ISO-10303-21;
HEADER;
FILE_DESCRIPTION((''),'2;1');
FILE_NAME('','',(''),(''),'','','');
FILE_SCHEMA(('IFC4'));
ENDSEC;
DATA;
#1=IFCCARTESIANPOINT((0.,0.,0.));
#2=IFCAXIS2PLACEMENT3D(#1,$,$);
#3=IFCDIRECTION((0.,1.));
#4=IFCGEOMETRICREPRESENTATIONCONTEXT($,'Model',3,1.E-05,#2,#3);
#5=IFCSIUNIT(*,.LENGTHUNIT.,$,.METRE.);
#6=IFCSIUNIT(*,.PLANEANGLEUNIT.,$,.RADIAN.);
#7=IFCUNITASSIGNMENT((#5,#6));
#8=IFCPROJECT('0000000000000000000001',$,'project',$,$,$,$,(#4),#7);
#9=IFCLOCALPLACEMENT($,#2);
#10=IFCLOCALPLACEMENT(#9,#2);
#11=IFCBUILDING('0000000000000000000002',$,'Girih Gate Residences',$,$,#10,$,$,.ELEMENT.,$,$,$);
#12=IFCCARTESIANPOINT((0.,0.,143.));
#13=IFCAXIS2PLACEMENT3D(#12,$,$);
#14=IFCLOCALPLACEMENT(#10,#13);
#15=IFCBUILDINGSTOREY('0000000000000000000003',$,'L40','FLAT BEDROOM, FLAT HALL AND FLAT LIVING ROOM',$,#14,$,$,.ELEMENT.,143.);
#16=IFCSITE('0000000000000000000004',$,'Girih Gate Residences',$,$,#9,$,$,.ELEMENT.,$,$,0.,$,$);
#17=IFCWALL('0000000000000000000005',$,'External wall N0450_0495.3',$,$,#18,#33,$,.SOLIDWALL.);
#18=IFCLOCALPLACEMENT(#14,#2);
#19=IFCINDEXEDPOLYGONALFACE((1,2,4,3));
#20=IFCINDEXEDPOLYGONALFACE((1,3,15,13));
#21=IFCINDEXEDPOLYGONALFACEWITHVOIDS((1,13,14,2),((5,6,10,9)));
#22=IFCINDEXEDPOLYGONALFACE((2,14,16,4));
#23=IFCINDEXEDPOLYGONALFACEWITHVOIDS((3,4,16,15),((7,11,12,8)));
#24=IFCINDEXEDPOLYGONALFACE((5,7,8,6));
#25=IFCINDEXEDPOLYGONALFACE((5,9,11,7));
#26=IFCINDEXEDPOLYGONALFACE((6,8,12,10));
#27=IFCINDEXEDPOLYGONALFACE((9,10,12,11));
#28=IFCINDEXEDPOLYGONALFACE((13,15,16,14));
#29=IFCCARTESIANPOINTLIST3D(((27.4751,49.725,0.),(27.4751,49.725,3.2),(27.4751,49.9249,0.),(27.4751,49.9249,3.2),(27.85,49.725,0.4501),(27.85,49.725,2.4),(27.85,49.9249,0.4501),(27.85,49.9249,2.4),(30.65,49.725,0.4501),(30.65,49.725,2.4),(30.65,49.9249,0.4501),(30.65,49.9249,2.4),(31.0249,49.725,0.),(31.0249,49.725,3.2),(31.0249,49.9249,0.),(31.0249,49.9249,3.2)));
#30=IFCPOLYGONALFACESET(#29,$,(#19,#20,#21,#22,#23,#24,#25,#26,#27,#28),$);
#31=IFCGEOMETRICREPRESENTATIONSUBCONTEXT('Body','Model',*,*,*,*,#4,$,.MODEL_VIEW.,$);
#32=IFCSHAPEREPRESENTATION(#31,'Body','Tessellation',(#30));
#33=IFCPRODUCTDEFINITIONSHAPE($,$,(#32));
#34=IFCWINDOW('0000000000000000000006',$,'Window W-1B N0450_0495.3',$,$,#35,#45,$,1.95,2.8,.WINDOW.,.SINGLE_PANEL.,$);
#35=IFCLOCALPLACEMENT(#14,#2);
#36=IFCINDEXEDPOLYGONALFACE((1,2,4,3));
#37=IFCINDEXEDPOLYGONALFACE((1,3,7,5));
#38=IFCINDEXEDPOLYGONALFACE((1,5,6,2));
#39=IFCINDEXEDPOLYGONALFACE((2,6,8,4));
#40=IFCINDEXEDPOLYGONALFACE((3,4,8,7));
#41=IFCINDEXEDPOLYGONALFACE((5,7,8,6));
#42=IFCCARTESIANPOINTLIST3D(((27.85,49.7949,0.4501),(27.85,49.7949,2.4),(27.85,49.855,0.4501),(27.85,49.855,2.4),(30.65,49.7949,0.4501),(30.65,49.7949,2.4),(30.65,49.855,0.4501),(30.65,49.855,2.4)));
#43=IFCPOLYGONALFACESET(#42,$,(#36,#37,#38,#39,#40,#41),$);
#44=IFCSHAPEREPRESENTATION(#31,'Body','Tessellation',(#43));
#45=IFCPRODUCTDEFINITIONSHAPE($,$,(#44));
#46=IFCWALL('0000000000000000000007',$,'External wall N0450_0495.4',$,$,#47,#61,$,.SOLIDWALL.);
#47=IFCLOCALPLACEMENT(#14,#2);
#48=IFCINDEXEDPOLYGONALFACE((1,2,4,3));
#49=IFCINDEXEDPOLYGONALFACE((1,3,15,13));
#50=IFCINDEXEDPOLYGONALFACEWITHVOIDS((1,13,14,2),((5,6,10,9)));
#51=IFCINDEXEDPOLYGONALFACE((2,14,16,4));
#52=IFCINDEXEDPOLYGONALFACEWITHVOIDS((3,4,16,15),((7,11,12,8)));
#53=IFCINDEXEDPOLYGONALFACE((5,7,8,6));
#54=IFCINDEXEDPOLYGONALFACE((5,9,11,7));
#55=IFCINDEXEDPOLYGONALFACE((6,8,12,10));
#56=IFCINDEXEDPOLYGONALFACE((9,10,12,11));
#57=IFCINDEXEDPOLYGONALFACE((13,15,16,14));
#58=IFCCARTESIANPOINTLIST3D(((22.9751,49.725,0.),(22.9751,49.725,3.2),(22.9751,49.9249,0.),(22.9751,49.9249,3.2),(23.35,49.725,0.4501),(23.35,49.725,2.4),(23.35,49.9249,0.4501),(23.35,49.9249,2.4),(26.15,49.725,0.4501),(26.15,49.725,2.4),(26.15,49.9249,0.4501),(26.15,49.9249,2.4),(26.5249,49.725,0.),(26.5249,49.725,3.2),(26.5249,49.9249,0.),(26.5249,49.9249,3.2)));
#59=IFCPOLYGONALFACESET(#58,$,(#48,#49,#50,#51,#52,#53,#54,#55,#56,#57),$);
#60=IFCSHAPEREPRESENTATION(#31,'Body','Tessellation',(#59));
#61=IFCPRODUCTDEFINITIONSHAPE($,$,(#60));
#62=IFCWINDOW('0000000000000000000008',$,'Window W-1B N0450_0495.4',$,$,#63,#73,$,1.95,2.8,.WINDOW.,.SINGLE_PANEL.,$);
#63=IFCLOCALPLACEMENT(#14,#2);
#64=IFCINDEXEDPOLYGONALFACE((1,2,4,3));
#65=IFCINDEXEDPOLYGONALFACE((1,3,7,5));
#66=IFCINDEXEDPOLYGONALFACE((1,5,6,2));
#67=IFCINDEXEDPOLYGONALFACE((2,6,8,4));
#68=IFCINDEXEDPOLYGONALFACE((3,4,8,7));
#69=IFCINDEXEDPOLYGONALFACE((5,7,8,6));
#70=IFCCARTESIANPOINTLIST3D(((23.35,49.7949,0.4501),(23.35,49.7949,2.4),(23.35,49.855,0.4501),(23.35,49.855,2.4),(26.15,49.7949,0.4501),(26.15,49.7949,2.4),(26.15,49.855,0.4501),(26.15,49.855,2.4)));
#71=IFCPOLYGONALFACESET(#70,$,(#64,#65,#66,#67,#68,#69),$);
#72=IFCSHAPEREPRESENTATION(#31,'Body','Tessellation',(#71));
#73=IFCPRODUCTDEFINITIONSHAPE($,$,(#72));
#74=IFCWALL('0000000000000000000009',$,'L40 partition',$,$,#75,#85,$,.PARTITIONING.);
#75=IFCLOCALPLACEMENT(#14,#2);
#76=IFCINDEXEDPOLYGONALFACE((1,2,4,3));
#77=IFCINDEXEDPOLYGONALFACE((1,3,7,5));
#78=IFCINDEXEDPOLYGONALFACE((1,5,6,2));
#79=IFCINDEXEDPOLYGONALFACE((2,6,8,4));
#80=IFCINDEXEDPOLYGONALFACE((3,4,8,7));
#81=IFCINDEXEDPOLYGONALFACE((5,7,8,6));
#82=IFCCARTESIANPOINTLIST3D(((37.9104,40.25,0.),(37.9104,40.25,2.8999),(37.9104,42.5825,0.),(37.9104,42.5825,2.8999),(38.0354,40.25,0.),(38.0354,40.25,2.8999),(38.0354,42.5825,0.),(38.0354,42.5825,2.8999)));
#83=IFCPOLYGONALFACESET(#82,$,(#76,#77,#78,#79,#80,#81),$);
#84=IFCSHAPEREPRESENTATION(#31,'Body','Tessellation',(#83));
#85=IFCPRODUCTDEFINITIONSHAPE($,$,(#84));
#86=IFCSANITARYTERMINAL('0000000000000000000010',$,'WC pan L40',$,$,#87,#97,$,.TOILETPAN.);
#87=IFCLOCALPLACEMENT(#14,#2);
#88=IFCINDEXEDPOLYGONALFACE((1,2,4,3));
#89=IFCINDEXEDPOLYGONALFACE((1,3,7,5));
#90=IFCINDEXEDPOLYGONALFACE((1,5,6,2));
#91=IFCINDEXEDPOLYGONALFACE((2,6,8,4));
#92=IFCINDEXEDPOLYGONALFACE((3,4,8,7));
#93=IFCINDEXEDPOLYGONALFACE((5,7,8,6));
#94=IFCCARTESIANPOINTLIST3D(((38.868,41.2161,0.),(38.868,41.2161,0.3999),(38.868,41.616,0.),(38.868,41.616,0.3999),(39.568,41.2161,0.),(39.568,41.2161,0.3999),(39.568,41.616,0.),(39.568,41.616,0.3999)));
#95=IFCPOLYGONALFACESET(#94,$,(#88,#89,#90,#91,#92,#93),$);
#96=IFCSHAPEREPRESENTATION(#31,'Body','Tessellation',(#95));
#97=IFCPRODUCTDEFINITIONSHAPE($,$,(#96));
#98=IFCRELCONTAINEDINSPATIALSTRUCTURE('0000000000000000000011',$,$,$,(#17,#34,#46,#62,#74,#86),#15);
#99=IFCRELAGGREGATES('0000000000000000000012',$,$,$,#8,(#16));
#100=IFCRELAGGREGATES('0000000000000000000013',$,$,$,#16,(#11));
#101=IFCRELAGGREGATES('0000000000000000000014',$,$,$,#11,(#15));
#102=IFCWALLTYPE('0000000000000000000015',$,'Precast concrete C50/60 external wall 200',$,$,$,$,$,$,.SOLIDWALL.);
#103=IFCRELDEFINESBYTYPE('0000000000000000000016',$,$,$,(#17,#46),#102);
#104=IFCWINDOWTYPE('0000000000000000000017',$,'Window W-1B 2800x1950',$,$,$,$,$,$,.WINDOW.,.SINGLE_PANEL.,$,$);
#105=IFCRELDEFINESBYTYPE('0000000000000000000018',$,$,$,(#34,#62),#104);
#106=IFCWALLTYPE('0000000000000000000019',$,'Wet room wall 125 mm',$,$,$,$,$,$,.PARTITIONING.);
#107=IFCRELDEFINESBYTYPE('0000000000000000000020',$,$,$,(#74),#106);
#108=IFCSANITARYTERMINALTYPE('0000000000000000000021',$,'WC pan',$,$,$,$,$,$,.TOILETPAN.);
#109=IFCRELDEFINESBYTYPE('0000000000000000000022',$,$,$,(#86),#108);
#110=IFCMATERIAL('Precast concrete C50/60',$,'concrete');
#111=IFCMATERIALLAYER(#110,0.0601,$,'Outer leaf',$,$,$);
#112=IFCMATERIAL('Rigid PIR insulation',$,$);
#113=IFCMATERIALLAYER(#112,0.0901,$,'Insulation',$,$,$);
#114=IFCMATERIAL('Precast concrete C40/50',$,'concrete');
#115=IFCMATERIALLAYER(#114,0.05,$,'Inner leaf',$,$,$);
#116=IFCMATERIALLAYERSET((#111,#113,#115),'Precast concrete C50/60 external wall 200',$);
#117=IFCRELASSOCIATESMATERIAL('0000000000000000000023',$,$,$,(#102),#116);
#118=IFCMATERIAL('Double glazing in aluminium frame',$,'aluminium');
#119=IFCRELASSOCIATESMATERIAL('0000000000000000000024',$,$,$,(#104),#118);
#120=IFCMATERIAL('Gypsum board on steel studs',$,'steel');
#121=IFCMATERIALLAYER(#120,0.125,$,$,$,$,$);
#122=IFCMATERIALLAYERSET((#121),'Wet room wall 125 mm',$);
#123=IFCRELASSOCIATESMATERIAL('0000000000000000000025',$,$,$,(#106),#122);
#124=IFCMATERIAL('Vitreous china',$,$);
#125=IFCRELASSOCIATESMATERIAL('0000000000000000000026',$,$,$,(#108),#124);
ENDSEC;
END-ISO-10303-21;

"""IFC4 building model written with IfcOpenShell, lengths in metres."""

from ifc_helpers import new_model, si_unit, direction, frame, frame_2d, origin, origin_2d, place, context, subcontext, project, spatial, rectangle, extrude, material, layer, layer_set, type_object, element, fill, save


model = new_model("IFC4")

# Units and contexts
model_context = context("Model", 3, precision=1e-05, world=origin(), true_north=direction((0.0, 1.0)))
body_context = subcontext(model_context, "Body", "Model", "MODEL_VIEW")
ifc_project = project(units=[si_unit("LENGTHUNIT", "METRE"), si_unit("PLANEANGLEUNIT", "RADIAN")], contexts=[model_context])

# Site, building, storey
site_placement = place(None, origin())
site = spatial("IfcSite", under=ifc_project, at=site_placement, Name="Girih Gate Residences", CompositionType="ELEMENT", RefElevation=0.0)
building_placement = place(site_placement, origin())
building = spatial("IfcBuilding", under=site, at=building_placement, Name="Girih Gate Residences", CompositionType="ELEMENT")
storey_placement = place(building_placement, frame((0.0, 0.0, 143.0)))
storey = spatial("IfcBuildingStorey", under=building, at=storey_placement, Name="L40", Description="FLAT BEDROOM, FLAT HALL AND FLAT LIVING ROOM", CompositionType="ELEMENT", Elevation=143.0)

# Shared definitions
ifc_material_1 = material(Name="Gypsum board on steel studs", Category="steel")

# Walls, openings, windows
ifc_material_2 = material(Name="Precast concrete C50/60", Category="concrete")
ifc_layer_1 = layer(ifc_material_2, 0.0601, Name="Outer leaf")
ifc_material_3 = material(Name="Rigid PIR insulation")
ifc_layer_2 = layer(ifc_material_3, 0.0901, Name="Insulation")
ifc_material_4 = material(Name="Precast concrete C40/50", Category="concrete")
ifc_layer_3 = layer(ifc_material_4, 0.05, Name="Inner leaf")
ifc_layer_set_1 = layer_set([ifc_layer_1, ifc_layer_2, ifc_layer_3], Name="Precast concrete C50/60 external wall 200")
wall_type_1 = type_object("IfcWallType", Name="Precast concrete C50/60 external wall 200", PredefinedType="SOLIDWALL", material=ifc_layer_set_1)
ifc_material_5 = material(Name="Double glazing in aluminium frame", Category="aluminium")
window_type = type_object("IfcWindowType", Name="Window W-1B 2800x1950", PartitioningType="SINGLE_PANEL", PredefinedType="WINDOW", material=ifc_material_5)
wall_1_placement = place(storey_placement, frame((27.4751, 49.825, 0.0), z_axis=(0.0, 0.0, 1.0), x_axis=(1.0, 0.0, 0.0)))
wall_1 = element("IfcWall", 1, at=wall_1_placement, inside=storey, type_object=wall_type_1, Name="External wall N0450_0495.3", PredefinedType="SOLIDWALL", context=body_context, shape_type="SweptSolid", body=[
    extrude(rectangle(XDim=3.5498, YDim=0.2, at=frame_2d((1.7749, 0.0))), origin(), (0.0, 0.0, 1.0), 3.2),
])
opening_1_placement = place(wall_1_placement, frame((0.375, 0.0, 0.45)))
opening_1 = element("IfcOpeningElement", 2, at=opening_1_placement, cuts=wall_1, PredefinedType="OPENING", context=body_context, shape_type="SweptSolid", body=[
    extrude(rectangle(XDim=2.8, YDim=1.95, at=frame_2d((1.3999, 0.9751))), frame((0.0, 0.1099, 0.0), z_axis=(0.0, -1.0, 0.0), x_axis=(1.0, 0.0, 0.0)), (0.0, 0.0, 1.0), 0.22),
])
window_1_placement = place(opening_1_placement, origin())
window_1 = element("IfcWindow", 3, at=window_1_placement, inside=storey, type_object=window_type, Name="Window W-1B N0450_0495.3", OverallHeight=1.95, OverallWidth=2.8, PartitioningType="SINGLE_PANEL", PredefinedType="WINDOW", context=body_context, shape_type="SweptSolid", body=[
    extrude(rectangle(XDim=2.8, YDim=1.95, at=frame_2d((1.3999, 0.9751))), frame((0.0, 0.03, 0.0), z_axis=(0.0, -1.0, 0.0), x_axis=(1.0, 0.0, 0.0)), (0.0, 0.0, 1.0), 0.0601),
])
fill(opening_1, window_1)
wall_2_placement = place(storey_placement, frame((22.9751, 49.825, 0.0), z_axis=(0.0, 0.0, 1.0), x_axis=(1.0, 0.0, 0.0)))
wall_2 = element("IfcWall", 4, at=wall_2_placement, inside=storey, type_object=wall_type_1, Name="External wall N0450_0495.4", PredefinedType="SOLIDWALL", context=body_context, shape_type="SweptSolid", body=[
    extrude(rectangle(XDim=3.5498, YDim=0.2, at=frame_2d((1.7749, 0.0))), origin(), (0.0, 0.0, 1.0), 3.2),
])
opening_2_placement = place(wall_2_placement, frame((0.375, 0.0, 0.45)))
opening_2 = element("IfcOpeningElement", 5, at=opening_2_placement, cuts=wall_2, PredefinedType="OPENING", context=body_context, shape_type="SweptSolid", body=[
    extrude(rectangle(XDim=2.8, YDim=1.95, at=frame_2d((1.3999, 0.9751))), frame((0.0, 0.1099, 0.0), z_axis=(0.0, -1.0, 0.0), x_axis=(1.0, 0.0, 0.0)), (0.0, 0.0, 1.0), 0.22),
])
window_2_placement = place(opening_2_placement, origin())
window_2 = element("IfcWindow", 6, at=window_2_placement, inside=storey, type_object=window_type, Name="Window W-1B N0450_0495.4", OverallHeight=1.95, OverallWidth=2.8, PartitioningType="SINGLE_PANEL", PredefinedType="WINDOW", context=body_context, shape_type="SweptSolid", body=[
    extrude(rectangle(XDim=2.8, YDim=1.95, at=frame_2d((1.3999, 0.9751))), frame((0.0, 0.03, 0.0), z_axis=(0.0, -1.0, 0.0), x_axis=(1.0, 0.0, 0.0)), (0.0, 0.0, 1.0), 0.0601),
])
fill(opening_2, window_2)

# Wall
ifc_layer_4 = layer(ifc_material_1, 0.125)
ifc_layer_set_2 = layer_set([ifc_layer_4], Name="Wet room wall 125 mm")
wall_type_2 = type_object("IfcWallType", Name="Wet room wall 125 mm", PredefinedType="PARTITIONING", material=ifc_layer_set_2)
wall_3_placement = place(storey_placement, frame((37.9729, 40.25, 0.0), z_axis=(0.0, 0.0, 1.0), x_axis=(0.0, 1.0, 0.0)))
element("IfcWall", 7, at=wall_3_placement, inside=storey, type_object=wall_type_2, Name="L40 partition", PredefinedType="PARTITIONING", context=body_context, shape_type="SweptSolid", body=[
    extrude(rectangle(XDim=2.3325, YDim=0.125, at=frame_2d((1.1663, 0.0))), origin(), (0.0, 0.0, 1.0), 2.8999),
])

# Sanitary terminal
ifc_material_6 = material(Name="Vitreous china")
sanitary_terminal_type = type_object("IfcSanitaryTerminalType", Name="WC pan", PredefinedType="TOILETPAN", material=ifc_material_6)
sanitary_terminal_placement = place(storey_placement, frame((39.218, 41.416, 0.0), z_axis=(0.0, 0.0, 1.0), x_axis=(1.0, 0.0, 0.0)))
element("IfcSanitaryTerminal", 8, at=sanitary_terminal_placement, inside=storey, type_object=sanitary_terminal_type, Name="WC pan L40", PredefinedType="TOILETPAN", context=body_context, shape_type="SweptSolid", body=[
    extrude(rectangle(XDim=0.7, YDim=0.3999, at=origin_2d()), origin(), (0.0, 0.0, 1.0), 0.3999),
])

save(model, "model.ifc")
